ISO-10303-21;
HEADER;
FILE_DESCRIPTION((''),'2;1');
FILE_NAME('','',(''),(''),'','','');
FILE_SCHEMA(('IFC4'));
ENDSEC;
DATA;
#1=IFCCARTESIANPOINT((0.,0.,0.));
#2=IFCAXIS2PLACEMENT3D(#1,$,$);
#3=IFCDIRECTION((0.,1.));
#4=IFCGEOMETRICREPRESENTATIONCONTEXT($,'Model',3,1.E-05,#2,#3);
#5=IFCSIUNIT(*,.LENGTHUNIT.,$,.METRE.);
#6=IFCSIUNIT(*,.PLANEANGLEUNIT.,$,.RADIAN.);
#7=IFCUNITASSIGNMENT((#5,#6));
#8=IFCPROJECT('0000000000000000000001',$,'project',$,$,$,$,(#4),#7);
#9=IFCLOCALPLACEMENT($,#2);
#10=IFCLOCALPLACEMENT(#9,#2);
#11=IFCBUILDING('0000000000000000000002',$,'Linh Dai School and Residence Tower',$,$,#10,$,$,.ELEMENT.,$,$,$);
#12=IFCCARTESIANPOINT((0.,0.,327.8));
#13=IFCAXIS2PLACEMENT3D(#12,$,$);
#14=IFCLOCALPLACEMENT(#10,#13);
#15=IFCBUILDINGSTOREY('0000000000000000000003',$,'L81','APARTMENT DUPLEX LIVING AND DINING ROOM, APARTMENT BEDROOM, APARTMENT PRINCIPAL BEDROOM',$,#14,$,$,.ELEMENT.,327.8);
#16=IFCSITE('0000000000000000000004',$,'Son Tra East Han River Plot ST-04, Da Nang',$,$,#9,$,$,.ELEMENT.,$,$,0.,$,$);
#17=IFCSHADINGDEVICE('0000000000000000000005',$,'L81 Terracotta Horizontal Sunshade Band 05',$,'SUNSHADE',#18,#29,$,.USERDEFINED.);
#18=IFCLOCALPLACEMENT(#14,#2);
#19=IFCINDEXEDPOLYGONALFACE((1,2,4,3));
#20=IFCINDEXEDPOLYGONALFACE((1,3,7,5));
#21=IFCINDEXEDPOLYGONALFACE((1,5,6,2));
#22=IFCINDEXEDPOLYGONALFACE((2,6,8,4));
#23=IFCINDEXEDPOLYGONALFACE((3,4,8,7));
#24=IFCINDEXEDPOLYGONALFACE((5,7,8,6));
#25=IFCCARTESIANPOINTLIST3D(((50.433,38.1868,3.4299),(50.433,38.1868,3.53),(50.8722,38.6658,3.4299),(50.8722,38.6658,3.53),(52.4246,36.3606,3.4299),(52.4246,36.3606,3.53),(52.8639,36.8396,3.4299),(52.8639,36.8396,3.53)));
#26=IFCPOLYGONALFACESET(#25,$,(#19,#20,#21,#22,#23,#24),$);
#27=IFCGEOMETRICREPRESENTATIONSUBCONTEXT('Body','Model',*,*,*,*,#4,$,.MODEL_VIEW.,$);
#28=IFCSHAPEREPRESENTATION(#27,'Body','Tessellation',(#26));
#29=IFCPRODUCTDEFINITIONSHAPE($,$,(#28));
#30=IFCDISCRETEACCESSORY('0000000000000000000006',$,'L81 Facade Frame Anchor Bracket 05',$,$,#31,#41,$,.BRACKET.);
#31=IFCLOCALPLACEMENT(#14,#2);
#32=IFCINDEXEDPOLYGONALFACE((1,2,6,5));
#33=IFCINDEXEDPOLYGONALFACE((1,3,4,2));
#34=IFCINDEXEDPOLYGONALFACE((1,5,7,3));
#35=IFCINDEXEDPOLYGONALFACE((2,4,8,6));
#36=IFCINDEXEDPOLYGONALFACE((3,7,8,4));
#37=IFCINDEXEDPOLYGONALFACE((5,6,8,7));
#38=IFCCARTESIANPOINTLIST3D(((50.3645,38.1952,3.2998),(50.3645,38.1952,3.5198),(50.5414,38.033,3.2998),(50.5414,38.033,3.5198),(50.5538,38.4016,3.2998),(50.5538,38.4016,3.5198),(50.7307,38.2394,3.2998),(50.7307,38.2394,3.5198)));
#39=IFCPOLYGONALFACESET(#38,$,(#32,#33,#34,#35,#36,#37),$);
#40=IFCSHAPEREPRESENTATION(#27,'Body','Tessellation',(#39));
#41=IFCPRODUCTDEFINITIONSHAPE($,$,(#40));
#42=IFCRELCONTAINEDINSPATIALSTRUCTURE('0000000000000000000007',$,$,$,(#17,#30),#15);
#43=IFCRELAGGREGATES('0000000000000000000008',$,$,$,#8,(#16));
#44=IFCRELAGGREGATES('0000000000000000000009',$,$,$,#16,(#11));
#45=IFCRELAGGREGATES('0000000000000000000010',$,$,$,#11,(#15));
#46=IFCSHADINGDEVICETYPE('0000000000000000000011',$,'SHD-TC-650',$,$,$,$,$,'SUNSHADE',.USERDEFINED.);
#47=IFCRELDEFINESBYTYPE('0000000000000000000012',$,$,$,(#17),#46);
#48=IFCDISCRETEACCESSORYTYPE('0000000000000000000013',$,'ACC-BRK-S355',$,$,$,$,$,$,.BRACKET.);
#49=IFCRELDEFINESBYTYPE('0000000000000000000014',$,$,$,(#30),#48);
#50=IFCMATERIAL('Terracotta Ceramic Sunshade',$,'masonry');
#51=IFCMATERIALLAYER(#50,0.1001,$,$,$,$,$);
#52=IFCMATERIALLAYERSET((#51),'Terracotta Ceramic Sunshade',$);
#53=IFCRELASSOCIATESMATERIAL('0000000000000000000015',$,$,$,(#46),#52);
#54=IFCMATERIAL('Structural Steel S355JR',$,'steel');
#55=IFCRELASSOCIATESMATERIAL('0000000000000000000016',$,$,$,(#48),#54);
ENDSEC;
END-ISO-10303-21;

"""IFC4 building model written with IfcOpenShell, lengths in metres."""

from ifc_helpers import new_model, si_unit, direction, frame, origin, origin_2d, place, context, subcontext, project, spatial, rectangle, extrude, source, transform, mapped, material, layer, layer_set, type_object, element, save


model = new_model("IFC4")

# Units and contexts
model_context = context("Model", 3, precision=1e-05, world=origin(), true_north=direction((0.0, 1.0)))
body_context = subcontext(model_context, "Body", "Model", "MODEL_VIEW")
ifc_project = project(units=[si_unit("LENGTHUNIT", "METRE"), si_unit("PLANEANGLEUNIT", "RADIAN")], contexts=[model_context])

# Site, building, storey
site_placement = place(None, origin())
site = spatial("IfcSite", under=ifc_project, at=site_placement, Name="Son Tra East Han River Plot ST-04, Da Nang", CompositionType="ELEMENT", RefElevation=0.0)
building_placement = place(site_placement, origin())
building = spatial("IfcBuilding", under=site, at=building_placement, Name="Linh Dai School and Residence Tower", CompositionType="ELEMENT")
storey_placement = place(building_placement, frame((0.0, 0.0, 327.8)))
storey = spatial("IfcBuildingStorey", under=building, at=storey_placement, Name="L81", Description="APARTMENT DUPLEX LIVING AND DINING ROOM, APARTMENT BEDROOM, APARTMENT PRINCIPAL BEDROOM", CompositionType="ELEMENT", Elevation=327.8)

# Shared definitions
ifc_material_1 = material(Name="Structural Steel S355JR", Category="steel")

# Shading device
ifc_material_2 = material(Name="Terracotta Ceramic Sunshade", Category="masonry")
ifc_layer_1 = layer(ifc_material_2, 0.1001)
ifc_layer_set_1 = layer_set([ifc_layer_1], Name="Terracotta Ceramic Sunshade")
shading_device_type = type_object("IfcShadingDeviceType", Name="SHD-TC-650", ElementType="SUNSHADE", PredefinedType="USERDEFINED", material=ifc_layer_set_1)
shared_shape_1 = source(origin(), body_context, "Body", "SweptSolid", [
    extrude(rectangle(XDim=2.7021, YDim=0.6499, at=origin_2d()), origin(), (0.0, 0.0, 1.0), 0.1001),
])
shading_device_placement = place(storey_placement, frame((51.6484, 37.5132, 3.4299), z_axis=(0.0, 0.0, 1.0), x_axis=(0.737048, -0.675841, 0.0)))
element("IfcShadingDevice", 1, at=shading_device_placement, inside=storey, type_object=shading_device_type, Name="L81 Terracotta Horizontal Sunshade Band 05", ObjectType="SUNSHADE", PredefinedType="USERDEFINED", context=body_context, shape_type="MappedRepresentation", body=[
    mapped(shared_shape_1, transform((0.0, 0.0, 0.0), x_axis=(1.0, 0.0, 0.0), y_axis=(0.0, 1.0, 0.0), z_axis=(0.0, 0.0, 1.0), scale=1.0)),
])

# Discrete accessory
discrete_accessory_type = type_object("IfcDiscreteAccessoryType", Name="ACC-BRK-S355", PredefinedType="BRACKET", material=ifc_material_1)
shared_shape_2 = source(origin(), body_context, "Body", "SweptSolid", [
    extrude(rectangle(XDim=0.28, YDim=0.24, at=origin_2d()), origin(), (0.0, 0.0, 1.0), 0.22),
])
discrete_accessory_placement = place(storey_placement, frame((50.5476, 38.2173, 3.2998), z_axis=(0.0, 0.0, 1.0), x_axis=(0.675841, 0.737048, 0.0)))
element("IfcDiscreteAccessory", 2, at=discrete_accessory_placement, inside=storey, type_object=discrete_accessory_type, Name="L81 Facade Frame Anchor Bracket 05", PredefinedType="BRACKET", context=body_context, shape_type="MappedRepresentation", body=[
    mapped(shared_shape_2, transform((0.0, 0.0, 0.0), x_axis=(1.0, 0.0, 0.0), y_axis=(0.0, 1.0, 0.0), z_axis=(0.0, 0.0, 1.0), scale=1.0)),
])

save(model, "model.ifc")
